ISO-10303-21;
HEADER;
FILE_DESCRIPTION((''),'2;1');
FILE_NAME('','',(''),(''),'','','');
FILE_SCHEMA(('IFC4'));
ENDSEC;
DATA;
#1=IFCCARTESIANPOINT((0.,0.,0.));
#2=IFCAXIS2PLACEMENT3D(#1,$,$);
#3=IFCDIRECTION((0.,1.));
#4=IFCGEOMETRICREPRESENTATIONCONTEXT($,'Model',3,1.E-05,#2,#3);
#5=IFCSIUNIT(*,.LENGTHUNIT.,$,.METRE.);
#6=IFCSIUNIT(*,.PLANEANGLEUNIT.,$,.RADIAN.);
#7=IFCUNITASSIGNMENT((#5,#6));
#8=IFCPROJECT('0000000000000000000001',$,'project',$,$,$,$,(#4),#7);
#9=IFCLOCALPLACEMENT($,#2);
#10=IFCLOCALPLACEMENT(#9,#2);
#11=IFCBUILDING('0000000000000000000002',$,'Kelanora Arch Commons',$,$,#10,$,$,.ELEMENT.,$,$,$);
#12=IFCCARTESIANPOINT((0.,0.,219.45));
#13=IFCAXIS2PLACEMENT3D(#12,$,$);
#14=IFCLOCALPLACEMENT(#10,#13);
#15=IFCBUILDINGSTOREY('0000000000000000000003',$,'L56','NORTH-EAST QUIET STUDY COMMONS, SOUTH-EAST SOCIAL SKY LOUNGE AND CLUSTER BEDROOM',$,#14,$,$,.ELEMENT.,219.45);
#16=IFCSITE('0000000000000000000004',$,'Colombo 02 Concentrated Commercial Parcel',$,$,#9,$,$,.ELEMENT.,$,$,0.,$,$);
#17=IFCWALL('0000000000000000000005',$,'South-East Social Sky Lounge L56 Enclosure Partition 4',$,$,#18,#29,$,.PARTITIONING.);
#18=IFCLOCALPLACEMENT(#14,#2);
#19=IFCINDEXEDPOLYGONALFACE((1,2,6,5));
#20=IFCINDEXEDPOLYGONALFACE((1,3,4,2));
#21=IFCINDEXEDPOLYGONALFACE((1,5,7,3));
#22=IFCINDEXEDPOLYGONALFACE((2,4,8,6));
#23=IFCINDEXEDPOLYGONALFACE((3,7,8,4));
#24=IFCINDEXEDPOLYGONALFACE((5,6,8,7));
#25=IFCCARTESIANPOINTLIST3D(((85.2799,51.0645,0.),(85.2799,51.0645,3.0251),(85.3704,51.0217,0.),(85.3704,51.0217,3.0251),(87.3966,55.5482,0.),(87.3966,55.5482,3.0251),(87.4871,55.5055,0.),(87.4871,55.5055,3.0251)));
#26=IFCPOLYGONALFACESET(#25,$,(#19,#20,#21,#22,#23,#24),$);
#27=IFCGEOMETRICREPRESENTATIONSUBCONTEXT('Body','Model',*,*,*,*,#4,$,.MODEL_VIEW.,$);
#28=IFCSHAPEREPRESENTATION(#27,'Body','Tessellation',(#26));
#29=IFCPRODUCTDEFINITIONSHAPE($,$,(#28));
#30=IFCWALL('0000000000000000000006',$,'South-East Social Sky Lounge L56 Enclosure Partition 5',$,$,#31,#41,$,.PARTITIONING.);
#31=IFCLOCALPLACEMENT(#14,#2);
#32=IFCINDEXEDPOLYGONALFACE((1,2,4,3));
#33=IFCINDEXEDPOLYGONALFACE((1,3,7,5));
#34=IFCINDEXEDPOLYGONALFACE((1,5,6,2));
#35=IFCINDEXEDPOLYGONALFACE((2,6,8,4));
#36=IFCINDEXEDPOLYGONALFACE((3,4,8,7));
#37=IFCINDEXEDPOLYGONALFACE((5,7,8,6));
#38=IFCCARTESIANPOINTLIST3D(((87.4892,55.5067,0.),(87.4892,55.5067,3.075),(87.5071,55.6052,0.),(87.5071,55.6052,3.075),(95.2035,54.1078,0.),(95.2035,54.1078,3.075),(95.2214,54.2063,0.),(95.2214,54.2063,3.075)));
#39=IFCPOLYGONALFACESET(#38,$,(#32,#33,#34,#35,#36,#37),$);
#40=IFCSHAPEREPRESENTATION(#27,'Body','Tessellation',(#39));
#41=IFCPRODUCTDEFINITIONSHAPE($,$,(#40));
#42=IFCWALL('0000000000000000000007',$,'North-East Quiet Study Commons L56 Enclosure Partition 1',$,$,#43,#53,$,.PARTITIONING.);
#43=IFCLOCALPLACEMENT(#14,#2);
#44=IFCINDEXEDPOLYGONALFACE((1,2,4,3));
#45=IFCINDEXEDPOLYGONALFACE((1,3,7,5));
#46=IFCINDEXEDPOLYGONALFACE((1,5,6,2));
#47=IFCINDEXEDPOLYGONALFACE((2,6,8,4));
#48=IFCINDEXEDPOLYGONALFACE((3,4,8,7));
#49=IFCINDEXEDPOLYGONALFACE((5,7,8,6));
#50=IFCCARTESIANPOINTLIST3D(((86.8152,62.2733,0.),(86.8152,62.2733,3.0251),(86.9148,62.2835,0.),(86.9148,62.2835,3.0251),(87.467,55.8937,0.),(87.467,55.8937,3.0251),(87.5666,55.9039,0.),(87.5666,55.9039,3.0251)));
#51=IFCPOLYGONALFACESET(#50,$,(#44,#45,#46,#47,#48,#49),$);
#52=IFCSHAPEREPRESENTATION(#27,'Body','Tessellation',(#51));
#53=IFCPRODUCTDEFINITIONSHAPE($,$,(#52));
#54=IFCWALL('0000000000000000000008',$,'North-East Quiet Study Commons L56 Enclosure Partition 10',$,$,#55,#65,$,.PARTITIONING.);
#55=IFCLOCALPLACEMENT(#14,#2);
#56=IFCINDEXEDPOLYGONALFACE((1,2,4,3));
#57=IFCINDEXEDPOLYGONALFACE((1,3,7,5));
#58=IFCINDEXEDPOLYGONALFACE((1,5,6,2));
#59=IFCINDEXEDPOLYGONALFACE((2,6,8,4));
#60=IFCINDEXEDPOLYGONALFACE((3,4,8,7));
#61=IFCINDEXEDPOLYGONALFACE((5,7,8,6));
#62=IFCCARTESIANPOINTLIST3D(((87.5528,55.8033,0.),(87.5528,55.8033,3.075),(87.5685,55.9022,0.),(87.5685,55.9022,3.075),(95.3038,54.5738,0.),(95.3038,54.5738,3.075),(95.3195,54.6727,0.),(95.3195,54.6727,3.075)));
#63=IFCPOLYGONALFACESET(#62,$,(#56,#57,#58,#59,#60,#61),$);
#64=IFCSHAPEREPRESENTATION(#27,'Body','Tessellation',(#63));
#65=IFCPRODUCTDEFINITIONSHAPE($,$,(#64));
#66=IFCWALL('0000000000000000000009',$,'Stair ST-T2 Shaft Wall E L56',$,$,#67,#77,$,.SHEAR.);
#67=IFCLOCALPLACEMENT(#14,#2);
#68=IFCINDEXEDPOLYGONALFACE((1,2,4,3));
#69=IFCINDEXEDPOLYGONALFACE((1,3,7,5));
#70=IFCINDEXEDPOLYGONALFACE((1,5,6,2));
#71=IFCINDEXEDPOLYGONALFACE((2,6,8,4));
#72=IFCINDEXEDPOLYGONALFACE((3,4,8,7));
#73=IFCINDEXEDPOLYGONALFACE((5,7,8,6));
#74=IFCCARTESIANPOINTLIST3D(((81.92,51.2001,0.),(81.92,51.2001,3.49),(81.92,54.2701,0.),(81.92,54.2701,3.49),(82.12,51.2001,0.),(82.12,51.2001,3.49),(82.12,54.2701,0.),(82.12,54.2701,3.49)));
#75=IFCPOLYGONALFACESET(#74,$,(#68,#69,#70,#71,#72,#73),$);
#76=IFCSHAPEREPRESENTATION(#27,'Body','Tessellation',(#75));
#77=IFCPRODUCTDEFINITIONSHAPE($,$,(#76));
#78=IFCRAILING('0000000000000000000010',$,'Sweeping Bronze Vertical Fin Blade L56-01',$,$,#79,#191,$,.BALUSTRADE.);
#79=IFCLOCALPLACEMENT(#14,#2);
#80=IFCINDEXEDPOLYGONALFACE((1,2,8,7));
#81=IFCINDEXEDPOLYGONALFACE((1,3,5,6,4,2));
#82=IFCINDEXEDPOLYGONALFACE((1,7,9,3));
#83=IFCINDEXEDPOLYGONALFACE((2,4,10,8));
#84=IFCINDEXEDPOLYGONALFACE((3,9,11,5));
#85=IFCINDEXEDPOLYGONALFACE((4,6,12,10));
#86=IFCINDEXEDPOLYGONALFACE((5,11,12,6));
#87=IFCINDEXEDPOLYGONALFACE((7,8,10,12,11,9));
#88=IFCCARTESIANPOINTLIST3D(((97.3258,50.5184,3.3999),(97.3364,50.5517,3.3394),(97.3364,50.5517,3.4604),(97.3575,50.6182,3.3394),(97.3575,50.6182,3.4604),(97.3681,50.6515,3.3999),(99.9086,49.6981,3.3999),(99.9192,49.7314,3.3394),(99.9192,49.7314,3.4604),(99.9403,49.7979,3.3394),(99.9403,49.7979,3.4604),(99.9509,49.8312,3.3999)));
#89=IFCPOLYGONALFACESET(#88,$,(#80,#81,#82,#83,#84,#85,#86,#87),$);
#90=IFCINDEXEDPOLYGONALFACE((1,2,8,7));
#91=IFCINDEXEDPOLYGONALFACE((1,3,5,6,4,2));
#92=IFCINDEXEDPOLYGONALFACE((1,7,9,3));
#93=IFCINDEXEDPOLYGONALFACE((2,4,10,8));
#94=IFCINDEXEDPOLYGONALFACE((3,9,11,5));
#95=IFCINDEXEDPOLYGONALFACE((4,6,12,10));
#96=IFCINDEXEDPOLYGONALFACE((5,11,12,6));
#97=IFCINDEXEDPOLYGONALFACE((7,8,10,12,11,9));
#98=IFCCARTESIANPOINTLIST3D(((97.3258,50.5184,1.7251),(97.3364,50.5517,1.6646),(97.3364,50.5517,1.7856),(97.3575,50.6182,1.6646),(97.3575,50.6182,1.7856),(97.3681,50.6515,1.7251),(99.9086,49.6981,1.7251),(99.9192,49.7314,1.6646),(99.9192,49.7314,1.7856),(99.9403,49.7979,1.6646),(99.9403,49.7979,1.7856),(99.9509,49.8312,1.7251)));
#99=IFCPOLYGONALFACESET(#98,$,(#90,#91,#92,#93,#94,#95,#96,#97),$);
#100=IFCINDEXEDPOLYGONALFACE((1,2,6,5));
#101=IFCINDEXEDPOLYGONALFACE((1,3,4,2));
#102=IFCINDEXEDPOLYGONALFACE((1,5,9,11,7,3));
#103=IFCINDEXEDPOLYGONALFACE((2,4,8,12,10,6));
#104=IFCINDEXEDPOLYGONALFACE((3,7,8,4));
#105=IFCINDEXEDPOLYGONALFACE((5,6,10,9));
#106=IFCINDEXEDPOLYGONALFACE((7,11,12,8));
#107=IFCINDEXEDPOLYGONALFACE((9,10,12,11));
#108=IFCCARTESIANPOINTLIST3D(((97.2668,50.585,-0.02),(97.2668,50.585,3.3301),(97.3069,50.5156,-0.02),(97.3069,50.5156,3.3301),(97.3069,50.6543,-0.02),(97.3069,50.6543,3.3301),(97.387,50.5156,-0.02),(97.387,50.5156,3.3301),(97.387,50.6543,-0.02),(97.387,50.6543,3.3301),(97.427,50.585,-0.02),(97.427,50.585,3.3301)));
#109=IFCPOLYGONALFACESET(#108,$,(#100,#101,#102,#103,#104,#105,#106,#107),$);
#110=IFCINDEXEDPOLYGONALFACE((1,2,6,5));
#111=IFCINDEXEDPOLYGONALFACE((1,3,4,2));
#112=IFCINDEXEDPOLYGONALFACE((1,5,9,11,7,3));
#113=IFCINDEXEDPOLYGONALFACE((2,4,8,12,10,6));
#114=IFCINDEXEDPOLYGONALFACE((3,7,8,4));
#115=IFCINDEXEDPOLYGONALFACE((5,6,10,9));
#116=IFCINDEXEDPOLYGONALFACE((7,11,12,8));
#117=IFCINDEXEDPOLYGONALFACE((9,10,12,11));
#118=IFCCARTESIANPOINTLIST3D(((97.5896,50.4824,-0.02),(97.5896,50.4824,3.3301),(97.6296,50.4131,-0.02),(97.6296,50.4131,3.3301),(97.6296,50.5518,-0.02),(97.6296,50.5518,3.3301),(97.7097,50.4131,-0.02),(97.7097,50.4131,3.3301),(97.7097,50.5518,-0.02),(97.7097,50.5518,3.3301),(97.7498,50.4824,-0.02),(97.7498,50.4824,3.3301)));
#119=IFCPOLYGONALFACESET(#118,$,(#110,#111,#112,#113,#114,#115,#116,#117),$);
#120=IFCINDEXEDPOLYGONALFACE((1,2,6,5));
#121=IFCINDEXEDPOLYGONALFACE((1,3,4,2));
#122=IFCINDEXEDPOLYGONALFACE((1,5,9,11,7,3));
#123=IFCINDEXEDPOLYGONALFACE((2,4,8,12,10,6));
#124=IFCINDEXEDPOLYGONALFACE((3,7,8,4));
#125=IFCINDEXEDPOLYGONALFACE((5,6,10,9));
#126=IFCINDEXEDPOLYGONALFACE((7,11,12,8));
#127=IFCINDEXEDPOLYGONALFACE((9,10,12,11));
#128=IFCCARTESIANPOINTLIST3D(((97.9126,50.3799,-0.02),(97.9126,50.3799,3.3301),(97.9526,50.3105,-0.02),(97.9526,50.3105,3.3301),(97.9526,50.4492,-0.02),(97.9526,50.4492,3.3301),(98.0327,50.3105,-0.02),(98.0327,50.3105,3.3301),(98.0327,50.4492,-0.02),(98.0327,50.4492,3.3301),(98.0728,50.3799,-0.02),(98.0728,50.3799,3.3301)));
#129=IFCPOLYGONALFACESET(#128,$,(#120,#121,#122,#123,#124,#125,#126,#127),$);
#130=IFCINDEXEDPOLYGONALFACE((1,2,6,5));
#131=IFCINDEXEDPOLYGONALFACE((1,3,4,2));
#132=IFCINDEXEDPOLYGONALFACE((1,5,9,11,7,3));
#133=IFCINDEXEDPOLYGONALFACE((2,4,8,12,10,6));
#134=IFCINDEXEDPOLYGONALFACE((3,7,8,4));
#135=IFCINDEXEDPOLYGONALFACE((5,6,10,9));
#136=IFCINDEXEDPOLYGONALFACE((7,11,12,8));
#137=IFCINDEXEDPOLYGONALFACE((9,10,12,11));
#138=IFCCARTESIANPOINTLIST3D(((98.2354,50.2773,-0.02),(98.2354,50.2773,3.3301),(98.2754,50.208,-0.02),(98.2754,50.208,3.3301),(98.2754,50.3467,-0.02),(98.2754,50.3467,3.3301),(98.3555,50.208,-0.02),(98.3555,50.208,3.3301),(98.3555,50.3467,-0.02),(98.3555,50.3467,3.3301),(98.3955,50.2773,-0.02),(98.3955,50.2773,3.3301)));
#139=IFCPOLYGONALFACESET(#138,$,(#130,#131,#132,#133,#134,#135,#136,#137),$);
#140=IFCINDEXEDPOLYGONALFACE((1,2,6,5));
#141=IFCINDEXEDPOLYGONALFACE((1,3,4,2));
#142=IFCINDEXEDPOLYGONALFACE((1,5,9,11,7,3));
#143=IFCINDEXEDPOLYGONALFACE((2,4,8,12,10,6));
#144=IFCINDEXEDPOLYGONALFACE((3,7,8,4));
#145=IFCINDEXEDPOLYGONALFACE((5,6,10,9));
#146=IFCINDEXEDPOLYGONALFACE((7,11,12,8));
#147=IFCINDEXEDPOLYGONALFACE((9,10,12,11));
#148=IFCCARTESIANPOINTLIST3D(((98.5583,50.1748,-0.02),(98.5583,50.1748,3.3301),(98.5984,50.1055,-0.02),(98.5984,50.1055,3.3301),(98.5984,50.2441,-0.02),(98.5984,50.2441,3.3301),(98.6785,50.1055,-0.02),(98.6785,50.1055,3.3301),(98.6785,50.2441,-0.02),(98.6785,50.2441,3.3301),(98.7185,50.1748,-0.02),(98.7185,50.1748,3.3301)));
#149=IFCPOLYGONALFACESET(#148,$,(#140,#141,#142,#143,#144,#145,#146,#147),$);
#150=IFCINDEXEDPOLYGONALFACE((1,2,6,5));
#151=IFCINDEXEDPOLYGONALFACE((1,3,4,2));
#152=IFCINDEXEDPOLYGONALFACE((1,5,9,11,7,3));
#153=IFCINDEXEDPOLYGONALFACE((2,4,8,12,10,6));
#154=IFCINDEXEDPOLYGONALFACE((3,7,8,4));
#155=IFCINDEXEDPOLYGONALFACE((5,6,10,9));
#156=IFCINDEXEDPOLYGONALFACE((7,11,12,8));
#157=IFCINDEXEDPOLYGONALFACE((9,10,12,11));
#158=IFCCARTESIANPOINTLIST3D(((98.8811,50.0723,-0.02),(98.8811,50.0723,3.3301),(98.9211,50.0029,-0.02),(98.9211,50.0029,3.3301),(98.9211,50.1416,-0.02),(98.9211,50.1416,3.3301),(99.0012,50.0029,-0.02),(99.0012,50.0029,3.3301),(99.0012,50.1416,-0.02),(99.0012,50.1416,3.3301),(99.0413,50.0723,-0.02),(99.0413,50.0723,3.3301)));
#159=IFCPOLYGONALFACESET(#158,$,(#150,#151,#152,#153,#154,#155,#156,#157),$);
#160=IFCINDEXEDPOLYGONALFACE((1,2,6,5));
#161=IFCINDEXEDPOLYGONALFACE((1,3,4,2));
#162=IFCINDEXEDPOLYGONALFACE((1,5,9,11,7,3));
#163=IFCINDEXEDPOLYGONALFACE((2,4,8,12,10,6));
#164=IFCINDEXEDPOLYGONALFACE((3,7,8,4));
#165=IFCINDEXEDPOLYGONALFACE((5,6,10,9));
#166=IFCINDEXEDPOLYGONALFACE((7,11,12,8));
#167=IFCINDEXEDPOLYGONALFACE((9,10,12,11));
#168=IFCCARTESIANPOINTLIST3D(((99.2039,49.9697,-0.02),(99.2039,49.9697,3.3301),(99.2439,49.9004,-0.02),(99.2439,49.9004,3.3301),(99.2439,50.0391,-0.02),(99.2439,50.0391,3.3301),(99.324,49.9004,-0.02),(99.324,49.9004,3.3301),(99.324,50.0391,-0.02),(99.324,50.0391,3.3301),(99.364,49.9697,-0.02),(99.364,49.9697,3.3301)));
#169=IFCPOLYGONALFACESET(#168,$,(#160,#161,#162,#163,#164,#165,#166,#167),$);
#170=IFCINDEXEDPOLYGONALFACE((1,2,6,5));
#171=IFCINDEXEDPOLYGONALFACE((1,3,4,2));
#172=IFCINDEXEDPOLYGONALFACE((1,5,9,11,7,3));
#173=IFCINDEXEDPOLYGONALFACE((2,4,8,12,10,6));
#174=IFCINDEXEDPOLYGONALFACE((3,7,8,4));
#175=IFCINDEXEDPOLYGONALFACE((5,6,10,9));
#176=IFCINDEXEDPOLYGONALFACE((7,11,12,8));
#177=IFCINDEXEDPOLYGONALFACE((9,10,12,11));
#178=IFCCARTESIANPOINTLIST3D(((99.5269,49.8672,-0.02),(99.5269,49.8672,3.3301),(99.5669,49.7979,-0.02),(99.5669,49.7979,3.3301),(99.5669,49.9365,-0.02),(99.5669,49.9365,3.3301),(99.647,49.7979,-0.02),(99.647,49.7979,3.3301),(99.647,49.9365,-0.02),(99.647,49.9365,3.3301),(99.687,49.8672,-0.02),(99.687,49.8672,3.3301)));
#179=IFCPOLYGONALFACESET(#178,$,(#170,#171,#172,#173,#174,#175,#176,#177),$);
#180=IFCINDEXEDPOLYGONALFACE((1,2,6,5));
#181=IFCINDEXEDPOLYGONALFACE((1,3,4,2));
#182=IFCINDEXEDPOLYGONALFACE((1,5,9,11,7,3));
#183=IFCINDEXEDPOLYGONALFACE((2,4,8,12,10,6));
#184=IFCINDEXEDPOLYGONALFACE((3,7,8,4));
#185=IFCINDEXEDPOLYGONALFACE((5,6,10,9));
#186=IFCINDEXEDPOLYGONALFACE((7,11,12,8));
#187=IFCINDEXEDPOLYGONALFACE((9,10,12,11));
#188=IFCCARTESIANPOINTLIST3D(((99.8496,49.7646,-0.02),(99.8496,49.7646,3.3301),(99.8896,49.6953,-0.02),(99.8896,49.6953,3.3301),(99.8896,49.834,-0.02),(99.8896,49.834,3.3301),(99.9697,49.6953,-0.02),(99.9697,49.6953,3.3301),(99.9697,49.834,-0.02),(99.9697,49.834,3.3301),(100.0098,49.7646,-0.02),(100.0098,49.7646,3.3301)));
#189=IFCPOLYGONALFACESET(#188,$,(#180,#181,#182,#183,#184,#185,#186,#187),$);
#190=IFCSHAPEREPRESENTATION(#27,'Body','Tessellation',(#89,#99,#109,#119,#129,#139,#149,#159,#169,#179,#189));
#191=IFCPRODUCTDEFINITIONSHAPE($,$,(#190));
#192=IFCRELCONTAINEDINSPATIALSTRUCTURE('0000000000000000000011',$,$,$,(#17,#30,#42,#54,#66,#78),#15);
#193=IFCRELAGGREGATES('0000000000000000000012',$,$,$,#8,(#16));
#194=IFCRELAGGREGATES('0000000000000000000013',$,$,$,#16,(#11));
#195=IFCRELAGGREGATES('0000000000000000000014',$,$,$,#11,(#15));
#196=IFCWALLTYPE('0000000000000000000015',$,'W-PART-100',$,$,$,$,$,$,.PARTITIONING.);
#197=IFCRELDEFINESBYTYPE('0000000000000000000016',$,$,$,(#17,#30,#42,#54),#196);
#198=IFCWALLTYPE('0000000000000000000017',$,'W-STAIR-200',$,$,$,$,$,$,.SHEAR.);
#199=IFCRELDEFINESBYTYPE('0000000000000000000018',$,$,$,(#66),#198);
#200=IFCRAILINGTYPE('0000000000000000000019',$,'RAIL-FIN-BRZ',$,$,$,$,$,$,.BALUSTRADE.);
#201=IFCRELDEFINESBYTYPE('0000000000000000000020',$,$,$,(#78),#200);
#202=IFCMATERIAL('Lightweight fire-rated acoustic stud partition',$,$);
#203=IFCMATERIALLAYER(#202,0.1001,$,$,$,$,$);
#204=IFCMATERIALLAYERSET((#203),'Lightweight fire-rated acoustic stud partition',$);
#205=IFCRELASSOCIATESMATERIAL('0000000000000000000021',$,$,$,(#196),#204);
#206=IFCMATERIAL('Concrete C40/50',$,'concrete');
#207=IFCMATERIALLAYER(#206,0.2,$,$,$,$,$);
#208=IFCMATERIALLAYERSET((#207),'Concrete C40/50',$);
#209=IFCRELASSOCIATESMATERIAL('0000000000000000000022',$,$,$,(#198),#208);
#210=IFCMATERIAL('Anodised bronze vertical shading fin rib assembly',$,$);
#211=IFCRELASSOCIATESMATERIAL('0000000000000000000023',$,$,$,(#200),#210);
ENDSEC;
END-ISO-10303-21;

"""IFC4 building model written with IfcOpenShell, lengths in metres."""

from ifc_helpers import new_model, si_unit, direction, frame, frame_2d, origin, place, context, subcontext, project, spatial, polyline, rectangle, outline, extrude, material, layer, layer_set, type_object, element, save


model = new_model("IFC4")

# Units and contexts
model_context = context("Model", 3, precision=1e-05, world=origin(), true_north=direction((0.0, 1.0)))
body_context = subcontext(model_context, "Body", "Model", "MODEL_VIEW")
ifc_project = project(units=[si_unit("LENGTHUNIT", "METRE"), si_unit("PLANEANGLEUNIT", "RADIAN")], contexts=[model_context])

# Site, building, storey
site_placement = place(None, origin())
site = spatial("IfcSite", under=ifc_project, at=site_placement, Name="Colombo 02 Concentrated Commercial Parcel", CompositionType="ELEMENT", RefElevation=0.0)
building_placement = place(site_placement, origin())
building = spatial("IfcBuilding", under=site, at=building_placement, Name="Kelanora Arch Commons", CompositionType="ELEMENT")
storey_placement = place(building_placement, frame((0.0, 0.0, 219.45)))
storey = spatial("IfcBuildingStorey", under=building, at=storey_placement, Name="L56", Description="NORTH-EAST QUIET STUDY COMMONS, SOUTH-EAST SOCIAL SKY LOUNGE AND CLUSTER BEDROOM", CompositionType="ELEMENT", Elevation=219.45)

# Walls
ifc_material_1 = material(Name="Lightweight fire-rated acoustic stud partition")
ifc_layer_1 = layer(ifc_material_1, 0.1001)
ifc_layer_set_1 = layer_set([ifc_layer_1], Name="Lightweight fire-rated acoustic stud partition")
wall_type_1 = type_object("IfcWallType", Name="W-PART-100", PredefinedType="PARTITIONING", material=ifc_layer_set_1)
wall_1_placement = place(storey_placement, frame((85.3252, 51.0432, 0.0), z_axis=(0.0, 0.0, 1.0), x_axis=(0.426911, 0.904294, 0.0)))
element("IfcWall", 1, at=wall_1_placement, inside=storey, type_object=wall_type_1, Name="South-East Social Sky Lounge L56 Enclosure Partition 4", PredefinedType="PARTITIONING", context=body_context, shape_type="SweptSolid", body=[
    extrude(rectangle(XDim=4.9583, YDim=0.1001, at=frame_2d((2.479, 0.0))), origin(), (0.0, 0.0, 1.0), 3.0251),
])
wall_2_placement = place(storey_placement, frame((87.4983, 55.5559, 0.0), z_axis=(0.0, 0.0, 1.0), x_axis=(0.983953, -0.178431, 0.0)))
element("IfcWall", 2, at=wall_2_placement, inside=storey, type_object=wall_type_1, Name="South-East Social Sky Lounge L56 Enclosure Partition 5", PredefinedType="PARTITIONING", context=body_context, shape_type="SweptSolid", body=[
    extrude(rectangle(XDim=7.8401, YDim=0.1001, at=frame_2d((3.9199, 0.0))), origin(), (0.0, 0.0, 1.0), 3.075),
])
wall_3_placement = place(storey_placement, frame((87.5168, 55.8987, 0.0), z_axis=(0.0, 0.0, 1.0), x_axis=(-0.101648, 0.99482, 0.0)))
element("IfcWall", 3, at=wall_3_placement, inside=storey, type_object=wall_type_1, Name="North-East Quiet Study Commons L56 Enclosure Partition 1", PredefinedType="PARTITIONING", context=body_context, shape_type="SweptSolid", body=[
    extrude(rectangle(XDim=6.4128, YDim=0.1001, at=frame_2d((3.2065, 0.0))), origin(), (0.0, 0.0, 1.0), 3.0251),
])
wall_4_placement = place(storey_placement, frame((95.3115, 54.6233, 0.0), z_axis=(0.0, 0.0, 1.0), x_axis=(-0.987652, 0.156665, 0.0)))
element("IfcWall", 4, at=wall_4_placement, inside=storey, type_object=wall_type_1, Name="North-East Quiet Study Commons L56 Enclosure Partition 10", PredefinedType="PARTITIONING", context=body_context, shape_type="SweptSolid", body=[
    extrude(rectangle(XDim=7.8479, YDim=0.1001, at=frame_2d((3.9238, 0.0))), origin(), (0.0, 0.0, 1.0), 3.075),
])
ifc_material_2 = material(Name="Concrete C40/50", Category="concrete")
ifc_layer_2 = layer(ifc_material_2, 0.2)
ifc_layer_set_2 = layer_set([ifc_layer_2], Name="Concrete C40/50")
wall_type_2 = type_object("IfcWallType", Name="W-STAIR-200", PredefinedType="SHEAR", material=ifc_layer_set_2)
wall_5_placement = place(storey_placement, frame((82.02, 51.2, 0.0), z_axis=(0.0, 0.0, 1.0), x_axis=(0.0, 1.0, 0.0)))
element("IfcWall", 5, at=wall_5_placement, inside=storey, type_object=wall_type_2, Name="Stair ST-T2 Shaft Wall E L56", PredefinedType="SHEAR", context=body_context, shape_type="SweptSolid", body=[
    extrude(rectangle(XDim=3.0701, YDim=0.2, at=frame_2d((1.5352, 0.0))), origin(), (0.0, 0.0, 1.0), 3.49),
])

# Railing
ifc_material_3 = material(Name="Anodised bronze vertical shading fin rib assembly")
railing_type = type_object("IfcRailingType", Name="RAIL-FIN-BRZ", PredefinedType="BALUSTRADE", material=ifc_material_3)
railing_placement = place(storey_placement, frame((97.3469, 50.585, -0.02)))
element("IfcRailing", 6, at=railing_placement, inside=storey, type_object=railing_type, Name="Sweeping Bronze Vertical Fin Blade L56-01", PredefinedType="BALUSTRADE", context=body_context, shape_type="SweptSolid", body=[
    extrude(outline(polyline([(0.0698, 0.0), (0.0349, 0.0605), (-0.0349, 0.0605), (-0.0698, 0.0), (-0.0349, -0.0605), (0.0349, -0.0605), (0.0698, 0.0)])), frame((0.0, 0.0, 3.4199), z_axis=(0.953083, -0.302709, 0.0), x_axis=(0.302709, 0.953083, 0.0)), (0.0, 0.0, 1.0), 2.71),
    extrude(outline(polyline([(0.0698, 0.0), (0.0349, 0.0605), (-0.0349, 0.0605), (-0.0698, 0.0), (-0.0349, -0.0605), (0.0349, -0.0605), (0.0698, 0.0)])), frame((0.0, 0.0, 1.7451), z_axis=(0.953083, -0.302709, 0.0), x_axis=(0.302709, 0.953083, 0.0)), (0.0, 0.0, 1.0), 2.71),
    extrude(outline(polyline([(0.0801, 0.0), (0.04, 0.0693), (-0.04, 0.0693), (-0.0801, 0.0), (-0.04, -0.0693), (0.04, -0.0693), (0.0801, 0.0)])), origin(), (0.0, 0.0, 1.0), 3.3501),
    extrude(outline(polyline([(0.0801, 0.0), (0.04, 0.0693), (-0.04, 0.0693), (-0.0801, 0.0), (-0.04, -0.0693), (0.04, -0.0693), (0.0801, 0.0)])), frame((0.3228, -0.1025, 0.0)), (0.0, 0.0, 1.0), 3.3501),
    extrude(outline(polyline([(0.0801, 0.0), (0.04, 0.0693), (-0.04, 0.0693), (-0.0801, 0.0), (-0.04, -0.0693), (0.04, -0.0693), (0.0801, 0.0)])), frame((0.6458, -0.2051, 0.0)), (0.0, 0.0, 1.0), 3.3501),
    extrude(outline(polyline([(0.0801, 0.0), (0.04, 0.0693), (-0.04, 0.0693), (-0.0801, 0.0), (-0.04, -0.0693), (0.04, -0.0693), (0.0801, 0.0)])), frame((0.9685, -0.3076, 0.0)), (0.0, 0.0, 1.0), 3.3501),
    extrude(outline(polyline([(0.0801, 0.0), (0.04, 0.0693), (-0.04, 0.0693), (-0.0801, 0.0), (-0.04, -0.0693), (0.04, -0.0693), (0.0801, 0.0)])), frame((1.2915, -0.4102, 0.0)), (0.0, 0.0, 1.0), 3.3501),
    extrude(outline(polyline([(0.0801, 0.0), (0.04, 0.0693), (-0.04, 0.0693), (-0.0801, 0.0), (-0.04, -0.0693), (0.04, -0.0693), (0.0801, 0.0)])), frame((1.6143, -0.5127, 0.0)), (0.0, 0.0, 1.0), 3.3501),
    extrude(outline(polyline([(0.0801, 0.0), (0.04, 0.0693), (-0.04, 0.0693), (-0.0801, 0.0), (-0.04, -0.0693), (0.04, -0.0693), (0.0801, 0.0)])), frame((1.937, -0.6152, 0.0)), (0.0, 0.0, 1.0), 3.3501),
    extrude(outline(polyline([(0.0801, 0.0), (0.04, 0.0693), (-0.04, 0.0693), (-0.0801, 0.0), (-0.04, -0.0693), (0.04, -0.0693), (0.0801, 0.0)])), frame((2.26, -0.7178, 0.0)), (0.0, 0.0, 1.0), 3.3501),
    extrude(outline(polyline([(0.0801, 0.0), (0.04, 0.0693), (-0.04, 0.0693), (-0.0801, 0.0), (-0.04, -0.0693), (0.04, -0.0693), (0.0801, 0.0)])), frame((2.5828, -0.8203, 0.0)), (0.0, 0.0, 1.0), 3.3501),
])

save(model, "model.ifc")
